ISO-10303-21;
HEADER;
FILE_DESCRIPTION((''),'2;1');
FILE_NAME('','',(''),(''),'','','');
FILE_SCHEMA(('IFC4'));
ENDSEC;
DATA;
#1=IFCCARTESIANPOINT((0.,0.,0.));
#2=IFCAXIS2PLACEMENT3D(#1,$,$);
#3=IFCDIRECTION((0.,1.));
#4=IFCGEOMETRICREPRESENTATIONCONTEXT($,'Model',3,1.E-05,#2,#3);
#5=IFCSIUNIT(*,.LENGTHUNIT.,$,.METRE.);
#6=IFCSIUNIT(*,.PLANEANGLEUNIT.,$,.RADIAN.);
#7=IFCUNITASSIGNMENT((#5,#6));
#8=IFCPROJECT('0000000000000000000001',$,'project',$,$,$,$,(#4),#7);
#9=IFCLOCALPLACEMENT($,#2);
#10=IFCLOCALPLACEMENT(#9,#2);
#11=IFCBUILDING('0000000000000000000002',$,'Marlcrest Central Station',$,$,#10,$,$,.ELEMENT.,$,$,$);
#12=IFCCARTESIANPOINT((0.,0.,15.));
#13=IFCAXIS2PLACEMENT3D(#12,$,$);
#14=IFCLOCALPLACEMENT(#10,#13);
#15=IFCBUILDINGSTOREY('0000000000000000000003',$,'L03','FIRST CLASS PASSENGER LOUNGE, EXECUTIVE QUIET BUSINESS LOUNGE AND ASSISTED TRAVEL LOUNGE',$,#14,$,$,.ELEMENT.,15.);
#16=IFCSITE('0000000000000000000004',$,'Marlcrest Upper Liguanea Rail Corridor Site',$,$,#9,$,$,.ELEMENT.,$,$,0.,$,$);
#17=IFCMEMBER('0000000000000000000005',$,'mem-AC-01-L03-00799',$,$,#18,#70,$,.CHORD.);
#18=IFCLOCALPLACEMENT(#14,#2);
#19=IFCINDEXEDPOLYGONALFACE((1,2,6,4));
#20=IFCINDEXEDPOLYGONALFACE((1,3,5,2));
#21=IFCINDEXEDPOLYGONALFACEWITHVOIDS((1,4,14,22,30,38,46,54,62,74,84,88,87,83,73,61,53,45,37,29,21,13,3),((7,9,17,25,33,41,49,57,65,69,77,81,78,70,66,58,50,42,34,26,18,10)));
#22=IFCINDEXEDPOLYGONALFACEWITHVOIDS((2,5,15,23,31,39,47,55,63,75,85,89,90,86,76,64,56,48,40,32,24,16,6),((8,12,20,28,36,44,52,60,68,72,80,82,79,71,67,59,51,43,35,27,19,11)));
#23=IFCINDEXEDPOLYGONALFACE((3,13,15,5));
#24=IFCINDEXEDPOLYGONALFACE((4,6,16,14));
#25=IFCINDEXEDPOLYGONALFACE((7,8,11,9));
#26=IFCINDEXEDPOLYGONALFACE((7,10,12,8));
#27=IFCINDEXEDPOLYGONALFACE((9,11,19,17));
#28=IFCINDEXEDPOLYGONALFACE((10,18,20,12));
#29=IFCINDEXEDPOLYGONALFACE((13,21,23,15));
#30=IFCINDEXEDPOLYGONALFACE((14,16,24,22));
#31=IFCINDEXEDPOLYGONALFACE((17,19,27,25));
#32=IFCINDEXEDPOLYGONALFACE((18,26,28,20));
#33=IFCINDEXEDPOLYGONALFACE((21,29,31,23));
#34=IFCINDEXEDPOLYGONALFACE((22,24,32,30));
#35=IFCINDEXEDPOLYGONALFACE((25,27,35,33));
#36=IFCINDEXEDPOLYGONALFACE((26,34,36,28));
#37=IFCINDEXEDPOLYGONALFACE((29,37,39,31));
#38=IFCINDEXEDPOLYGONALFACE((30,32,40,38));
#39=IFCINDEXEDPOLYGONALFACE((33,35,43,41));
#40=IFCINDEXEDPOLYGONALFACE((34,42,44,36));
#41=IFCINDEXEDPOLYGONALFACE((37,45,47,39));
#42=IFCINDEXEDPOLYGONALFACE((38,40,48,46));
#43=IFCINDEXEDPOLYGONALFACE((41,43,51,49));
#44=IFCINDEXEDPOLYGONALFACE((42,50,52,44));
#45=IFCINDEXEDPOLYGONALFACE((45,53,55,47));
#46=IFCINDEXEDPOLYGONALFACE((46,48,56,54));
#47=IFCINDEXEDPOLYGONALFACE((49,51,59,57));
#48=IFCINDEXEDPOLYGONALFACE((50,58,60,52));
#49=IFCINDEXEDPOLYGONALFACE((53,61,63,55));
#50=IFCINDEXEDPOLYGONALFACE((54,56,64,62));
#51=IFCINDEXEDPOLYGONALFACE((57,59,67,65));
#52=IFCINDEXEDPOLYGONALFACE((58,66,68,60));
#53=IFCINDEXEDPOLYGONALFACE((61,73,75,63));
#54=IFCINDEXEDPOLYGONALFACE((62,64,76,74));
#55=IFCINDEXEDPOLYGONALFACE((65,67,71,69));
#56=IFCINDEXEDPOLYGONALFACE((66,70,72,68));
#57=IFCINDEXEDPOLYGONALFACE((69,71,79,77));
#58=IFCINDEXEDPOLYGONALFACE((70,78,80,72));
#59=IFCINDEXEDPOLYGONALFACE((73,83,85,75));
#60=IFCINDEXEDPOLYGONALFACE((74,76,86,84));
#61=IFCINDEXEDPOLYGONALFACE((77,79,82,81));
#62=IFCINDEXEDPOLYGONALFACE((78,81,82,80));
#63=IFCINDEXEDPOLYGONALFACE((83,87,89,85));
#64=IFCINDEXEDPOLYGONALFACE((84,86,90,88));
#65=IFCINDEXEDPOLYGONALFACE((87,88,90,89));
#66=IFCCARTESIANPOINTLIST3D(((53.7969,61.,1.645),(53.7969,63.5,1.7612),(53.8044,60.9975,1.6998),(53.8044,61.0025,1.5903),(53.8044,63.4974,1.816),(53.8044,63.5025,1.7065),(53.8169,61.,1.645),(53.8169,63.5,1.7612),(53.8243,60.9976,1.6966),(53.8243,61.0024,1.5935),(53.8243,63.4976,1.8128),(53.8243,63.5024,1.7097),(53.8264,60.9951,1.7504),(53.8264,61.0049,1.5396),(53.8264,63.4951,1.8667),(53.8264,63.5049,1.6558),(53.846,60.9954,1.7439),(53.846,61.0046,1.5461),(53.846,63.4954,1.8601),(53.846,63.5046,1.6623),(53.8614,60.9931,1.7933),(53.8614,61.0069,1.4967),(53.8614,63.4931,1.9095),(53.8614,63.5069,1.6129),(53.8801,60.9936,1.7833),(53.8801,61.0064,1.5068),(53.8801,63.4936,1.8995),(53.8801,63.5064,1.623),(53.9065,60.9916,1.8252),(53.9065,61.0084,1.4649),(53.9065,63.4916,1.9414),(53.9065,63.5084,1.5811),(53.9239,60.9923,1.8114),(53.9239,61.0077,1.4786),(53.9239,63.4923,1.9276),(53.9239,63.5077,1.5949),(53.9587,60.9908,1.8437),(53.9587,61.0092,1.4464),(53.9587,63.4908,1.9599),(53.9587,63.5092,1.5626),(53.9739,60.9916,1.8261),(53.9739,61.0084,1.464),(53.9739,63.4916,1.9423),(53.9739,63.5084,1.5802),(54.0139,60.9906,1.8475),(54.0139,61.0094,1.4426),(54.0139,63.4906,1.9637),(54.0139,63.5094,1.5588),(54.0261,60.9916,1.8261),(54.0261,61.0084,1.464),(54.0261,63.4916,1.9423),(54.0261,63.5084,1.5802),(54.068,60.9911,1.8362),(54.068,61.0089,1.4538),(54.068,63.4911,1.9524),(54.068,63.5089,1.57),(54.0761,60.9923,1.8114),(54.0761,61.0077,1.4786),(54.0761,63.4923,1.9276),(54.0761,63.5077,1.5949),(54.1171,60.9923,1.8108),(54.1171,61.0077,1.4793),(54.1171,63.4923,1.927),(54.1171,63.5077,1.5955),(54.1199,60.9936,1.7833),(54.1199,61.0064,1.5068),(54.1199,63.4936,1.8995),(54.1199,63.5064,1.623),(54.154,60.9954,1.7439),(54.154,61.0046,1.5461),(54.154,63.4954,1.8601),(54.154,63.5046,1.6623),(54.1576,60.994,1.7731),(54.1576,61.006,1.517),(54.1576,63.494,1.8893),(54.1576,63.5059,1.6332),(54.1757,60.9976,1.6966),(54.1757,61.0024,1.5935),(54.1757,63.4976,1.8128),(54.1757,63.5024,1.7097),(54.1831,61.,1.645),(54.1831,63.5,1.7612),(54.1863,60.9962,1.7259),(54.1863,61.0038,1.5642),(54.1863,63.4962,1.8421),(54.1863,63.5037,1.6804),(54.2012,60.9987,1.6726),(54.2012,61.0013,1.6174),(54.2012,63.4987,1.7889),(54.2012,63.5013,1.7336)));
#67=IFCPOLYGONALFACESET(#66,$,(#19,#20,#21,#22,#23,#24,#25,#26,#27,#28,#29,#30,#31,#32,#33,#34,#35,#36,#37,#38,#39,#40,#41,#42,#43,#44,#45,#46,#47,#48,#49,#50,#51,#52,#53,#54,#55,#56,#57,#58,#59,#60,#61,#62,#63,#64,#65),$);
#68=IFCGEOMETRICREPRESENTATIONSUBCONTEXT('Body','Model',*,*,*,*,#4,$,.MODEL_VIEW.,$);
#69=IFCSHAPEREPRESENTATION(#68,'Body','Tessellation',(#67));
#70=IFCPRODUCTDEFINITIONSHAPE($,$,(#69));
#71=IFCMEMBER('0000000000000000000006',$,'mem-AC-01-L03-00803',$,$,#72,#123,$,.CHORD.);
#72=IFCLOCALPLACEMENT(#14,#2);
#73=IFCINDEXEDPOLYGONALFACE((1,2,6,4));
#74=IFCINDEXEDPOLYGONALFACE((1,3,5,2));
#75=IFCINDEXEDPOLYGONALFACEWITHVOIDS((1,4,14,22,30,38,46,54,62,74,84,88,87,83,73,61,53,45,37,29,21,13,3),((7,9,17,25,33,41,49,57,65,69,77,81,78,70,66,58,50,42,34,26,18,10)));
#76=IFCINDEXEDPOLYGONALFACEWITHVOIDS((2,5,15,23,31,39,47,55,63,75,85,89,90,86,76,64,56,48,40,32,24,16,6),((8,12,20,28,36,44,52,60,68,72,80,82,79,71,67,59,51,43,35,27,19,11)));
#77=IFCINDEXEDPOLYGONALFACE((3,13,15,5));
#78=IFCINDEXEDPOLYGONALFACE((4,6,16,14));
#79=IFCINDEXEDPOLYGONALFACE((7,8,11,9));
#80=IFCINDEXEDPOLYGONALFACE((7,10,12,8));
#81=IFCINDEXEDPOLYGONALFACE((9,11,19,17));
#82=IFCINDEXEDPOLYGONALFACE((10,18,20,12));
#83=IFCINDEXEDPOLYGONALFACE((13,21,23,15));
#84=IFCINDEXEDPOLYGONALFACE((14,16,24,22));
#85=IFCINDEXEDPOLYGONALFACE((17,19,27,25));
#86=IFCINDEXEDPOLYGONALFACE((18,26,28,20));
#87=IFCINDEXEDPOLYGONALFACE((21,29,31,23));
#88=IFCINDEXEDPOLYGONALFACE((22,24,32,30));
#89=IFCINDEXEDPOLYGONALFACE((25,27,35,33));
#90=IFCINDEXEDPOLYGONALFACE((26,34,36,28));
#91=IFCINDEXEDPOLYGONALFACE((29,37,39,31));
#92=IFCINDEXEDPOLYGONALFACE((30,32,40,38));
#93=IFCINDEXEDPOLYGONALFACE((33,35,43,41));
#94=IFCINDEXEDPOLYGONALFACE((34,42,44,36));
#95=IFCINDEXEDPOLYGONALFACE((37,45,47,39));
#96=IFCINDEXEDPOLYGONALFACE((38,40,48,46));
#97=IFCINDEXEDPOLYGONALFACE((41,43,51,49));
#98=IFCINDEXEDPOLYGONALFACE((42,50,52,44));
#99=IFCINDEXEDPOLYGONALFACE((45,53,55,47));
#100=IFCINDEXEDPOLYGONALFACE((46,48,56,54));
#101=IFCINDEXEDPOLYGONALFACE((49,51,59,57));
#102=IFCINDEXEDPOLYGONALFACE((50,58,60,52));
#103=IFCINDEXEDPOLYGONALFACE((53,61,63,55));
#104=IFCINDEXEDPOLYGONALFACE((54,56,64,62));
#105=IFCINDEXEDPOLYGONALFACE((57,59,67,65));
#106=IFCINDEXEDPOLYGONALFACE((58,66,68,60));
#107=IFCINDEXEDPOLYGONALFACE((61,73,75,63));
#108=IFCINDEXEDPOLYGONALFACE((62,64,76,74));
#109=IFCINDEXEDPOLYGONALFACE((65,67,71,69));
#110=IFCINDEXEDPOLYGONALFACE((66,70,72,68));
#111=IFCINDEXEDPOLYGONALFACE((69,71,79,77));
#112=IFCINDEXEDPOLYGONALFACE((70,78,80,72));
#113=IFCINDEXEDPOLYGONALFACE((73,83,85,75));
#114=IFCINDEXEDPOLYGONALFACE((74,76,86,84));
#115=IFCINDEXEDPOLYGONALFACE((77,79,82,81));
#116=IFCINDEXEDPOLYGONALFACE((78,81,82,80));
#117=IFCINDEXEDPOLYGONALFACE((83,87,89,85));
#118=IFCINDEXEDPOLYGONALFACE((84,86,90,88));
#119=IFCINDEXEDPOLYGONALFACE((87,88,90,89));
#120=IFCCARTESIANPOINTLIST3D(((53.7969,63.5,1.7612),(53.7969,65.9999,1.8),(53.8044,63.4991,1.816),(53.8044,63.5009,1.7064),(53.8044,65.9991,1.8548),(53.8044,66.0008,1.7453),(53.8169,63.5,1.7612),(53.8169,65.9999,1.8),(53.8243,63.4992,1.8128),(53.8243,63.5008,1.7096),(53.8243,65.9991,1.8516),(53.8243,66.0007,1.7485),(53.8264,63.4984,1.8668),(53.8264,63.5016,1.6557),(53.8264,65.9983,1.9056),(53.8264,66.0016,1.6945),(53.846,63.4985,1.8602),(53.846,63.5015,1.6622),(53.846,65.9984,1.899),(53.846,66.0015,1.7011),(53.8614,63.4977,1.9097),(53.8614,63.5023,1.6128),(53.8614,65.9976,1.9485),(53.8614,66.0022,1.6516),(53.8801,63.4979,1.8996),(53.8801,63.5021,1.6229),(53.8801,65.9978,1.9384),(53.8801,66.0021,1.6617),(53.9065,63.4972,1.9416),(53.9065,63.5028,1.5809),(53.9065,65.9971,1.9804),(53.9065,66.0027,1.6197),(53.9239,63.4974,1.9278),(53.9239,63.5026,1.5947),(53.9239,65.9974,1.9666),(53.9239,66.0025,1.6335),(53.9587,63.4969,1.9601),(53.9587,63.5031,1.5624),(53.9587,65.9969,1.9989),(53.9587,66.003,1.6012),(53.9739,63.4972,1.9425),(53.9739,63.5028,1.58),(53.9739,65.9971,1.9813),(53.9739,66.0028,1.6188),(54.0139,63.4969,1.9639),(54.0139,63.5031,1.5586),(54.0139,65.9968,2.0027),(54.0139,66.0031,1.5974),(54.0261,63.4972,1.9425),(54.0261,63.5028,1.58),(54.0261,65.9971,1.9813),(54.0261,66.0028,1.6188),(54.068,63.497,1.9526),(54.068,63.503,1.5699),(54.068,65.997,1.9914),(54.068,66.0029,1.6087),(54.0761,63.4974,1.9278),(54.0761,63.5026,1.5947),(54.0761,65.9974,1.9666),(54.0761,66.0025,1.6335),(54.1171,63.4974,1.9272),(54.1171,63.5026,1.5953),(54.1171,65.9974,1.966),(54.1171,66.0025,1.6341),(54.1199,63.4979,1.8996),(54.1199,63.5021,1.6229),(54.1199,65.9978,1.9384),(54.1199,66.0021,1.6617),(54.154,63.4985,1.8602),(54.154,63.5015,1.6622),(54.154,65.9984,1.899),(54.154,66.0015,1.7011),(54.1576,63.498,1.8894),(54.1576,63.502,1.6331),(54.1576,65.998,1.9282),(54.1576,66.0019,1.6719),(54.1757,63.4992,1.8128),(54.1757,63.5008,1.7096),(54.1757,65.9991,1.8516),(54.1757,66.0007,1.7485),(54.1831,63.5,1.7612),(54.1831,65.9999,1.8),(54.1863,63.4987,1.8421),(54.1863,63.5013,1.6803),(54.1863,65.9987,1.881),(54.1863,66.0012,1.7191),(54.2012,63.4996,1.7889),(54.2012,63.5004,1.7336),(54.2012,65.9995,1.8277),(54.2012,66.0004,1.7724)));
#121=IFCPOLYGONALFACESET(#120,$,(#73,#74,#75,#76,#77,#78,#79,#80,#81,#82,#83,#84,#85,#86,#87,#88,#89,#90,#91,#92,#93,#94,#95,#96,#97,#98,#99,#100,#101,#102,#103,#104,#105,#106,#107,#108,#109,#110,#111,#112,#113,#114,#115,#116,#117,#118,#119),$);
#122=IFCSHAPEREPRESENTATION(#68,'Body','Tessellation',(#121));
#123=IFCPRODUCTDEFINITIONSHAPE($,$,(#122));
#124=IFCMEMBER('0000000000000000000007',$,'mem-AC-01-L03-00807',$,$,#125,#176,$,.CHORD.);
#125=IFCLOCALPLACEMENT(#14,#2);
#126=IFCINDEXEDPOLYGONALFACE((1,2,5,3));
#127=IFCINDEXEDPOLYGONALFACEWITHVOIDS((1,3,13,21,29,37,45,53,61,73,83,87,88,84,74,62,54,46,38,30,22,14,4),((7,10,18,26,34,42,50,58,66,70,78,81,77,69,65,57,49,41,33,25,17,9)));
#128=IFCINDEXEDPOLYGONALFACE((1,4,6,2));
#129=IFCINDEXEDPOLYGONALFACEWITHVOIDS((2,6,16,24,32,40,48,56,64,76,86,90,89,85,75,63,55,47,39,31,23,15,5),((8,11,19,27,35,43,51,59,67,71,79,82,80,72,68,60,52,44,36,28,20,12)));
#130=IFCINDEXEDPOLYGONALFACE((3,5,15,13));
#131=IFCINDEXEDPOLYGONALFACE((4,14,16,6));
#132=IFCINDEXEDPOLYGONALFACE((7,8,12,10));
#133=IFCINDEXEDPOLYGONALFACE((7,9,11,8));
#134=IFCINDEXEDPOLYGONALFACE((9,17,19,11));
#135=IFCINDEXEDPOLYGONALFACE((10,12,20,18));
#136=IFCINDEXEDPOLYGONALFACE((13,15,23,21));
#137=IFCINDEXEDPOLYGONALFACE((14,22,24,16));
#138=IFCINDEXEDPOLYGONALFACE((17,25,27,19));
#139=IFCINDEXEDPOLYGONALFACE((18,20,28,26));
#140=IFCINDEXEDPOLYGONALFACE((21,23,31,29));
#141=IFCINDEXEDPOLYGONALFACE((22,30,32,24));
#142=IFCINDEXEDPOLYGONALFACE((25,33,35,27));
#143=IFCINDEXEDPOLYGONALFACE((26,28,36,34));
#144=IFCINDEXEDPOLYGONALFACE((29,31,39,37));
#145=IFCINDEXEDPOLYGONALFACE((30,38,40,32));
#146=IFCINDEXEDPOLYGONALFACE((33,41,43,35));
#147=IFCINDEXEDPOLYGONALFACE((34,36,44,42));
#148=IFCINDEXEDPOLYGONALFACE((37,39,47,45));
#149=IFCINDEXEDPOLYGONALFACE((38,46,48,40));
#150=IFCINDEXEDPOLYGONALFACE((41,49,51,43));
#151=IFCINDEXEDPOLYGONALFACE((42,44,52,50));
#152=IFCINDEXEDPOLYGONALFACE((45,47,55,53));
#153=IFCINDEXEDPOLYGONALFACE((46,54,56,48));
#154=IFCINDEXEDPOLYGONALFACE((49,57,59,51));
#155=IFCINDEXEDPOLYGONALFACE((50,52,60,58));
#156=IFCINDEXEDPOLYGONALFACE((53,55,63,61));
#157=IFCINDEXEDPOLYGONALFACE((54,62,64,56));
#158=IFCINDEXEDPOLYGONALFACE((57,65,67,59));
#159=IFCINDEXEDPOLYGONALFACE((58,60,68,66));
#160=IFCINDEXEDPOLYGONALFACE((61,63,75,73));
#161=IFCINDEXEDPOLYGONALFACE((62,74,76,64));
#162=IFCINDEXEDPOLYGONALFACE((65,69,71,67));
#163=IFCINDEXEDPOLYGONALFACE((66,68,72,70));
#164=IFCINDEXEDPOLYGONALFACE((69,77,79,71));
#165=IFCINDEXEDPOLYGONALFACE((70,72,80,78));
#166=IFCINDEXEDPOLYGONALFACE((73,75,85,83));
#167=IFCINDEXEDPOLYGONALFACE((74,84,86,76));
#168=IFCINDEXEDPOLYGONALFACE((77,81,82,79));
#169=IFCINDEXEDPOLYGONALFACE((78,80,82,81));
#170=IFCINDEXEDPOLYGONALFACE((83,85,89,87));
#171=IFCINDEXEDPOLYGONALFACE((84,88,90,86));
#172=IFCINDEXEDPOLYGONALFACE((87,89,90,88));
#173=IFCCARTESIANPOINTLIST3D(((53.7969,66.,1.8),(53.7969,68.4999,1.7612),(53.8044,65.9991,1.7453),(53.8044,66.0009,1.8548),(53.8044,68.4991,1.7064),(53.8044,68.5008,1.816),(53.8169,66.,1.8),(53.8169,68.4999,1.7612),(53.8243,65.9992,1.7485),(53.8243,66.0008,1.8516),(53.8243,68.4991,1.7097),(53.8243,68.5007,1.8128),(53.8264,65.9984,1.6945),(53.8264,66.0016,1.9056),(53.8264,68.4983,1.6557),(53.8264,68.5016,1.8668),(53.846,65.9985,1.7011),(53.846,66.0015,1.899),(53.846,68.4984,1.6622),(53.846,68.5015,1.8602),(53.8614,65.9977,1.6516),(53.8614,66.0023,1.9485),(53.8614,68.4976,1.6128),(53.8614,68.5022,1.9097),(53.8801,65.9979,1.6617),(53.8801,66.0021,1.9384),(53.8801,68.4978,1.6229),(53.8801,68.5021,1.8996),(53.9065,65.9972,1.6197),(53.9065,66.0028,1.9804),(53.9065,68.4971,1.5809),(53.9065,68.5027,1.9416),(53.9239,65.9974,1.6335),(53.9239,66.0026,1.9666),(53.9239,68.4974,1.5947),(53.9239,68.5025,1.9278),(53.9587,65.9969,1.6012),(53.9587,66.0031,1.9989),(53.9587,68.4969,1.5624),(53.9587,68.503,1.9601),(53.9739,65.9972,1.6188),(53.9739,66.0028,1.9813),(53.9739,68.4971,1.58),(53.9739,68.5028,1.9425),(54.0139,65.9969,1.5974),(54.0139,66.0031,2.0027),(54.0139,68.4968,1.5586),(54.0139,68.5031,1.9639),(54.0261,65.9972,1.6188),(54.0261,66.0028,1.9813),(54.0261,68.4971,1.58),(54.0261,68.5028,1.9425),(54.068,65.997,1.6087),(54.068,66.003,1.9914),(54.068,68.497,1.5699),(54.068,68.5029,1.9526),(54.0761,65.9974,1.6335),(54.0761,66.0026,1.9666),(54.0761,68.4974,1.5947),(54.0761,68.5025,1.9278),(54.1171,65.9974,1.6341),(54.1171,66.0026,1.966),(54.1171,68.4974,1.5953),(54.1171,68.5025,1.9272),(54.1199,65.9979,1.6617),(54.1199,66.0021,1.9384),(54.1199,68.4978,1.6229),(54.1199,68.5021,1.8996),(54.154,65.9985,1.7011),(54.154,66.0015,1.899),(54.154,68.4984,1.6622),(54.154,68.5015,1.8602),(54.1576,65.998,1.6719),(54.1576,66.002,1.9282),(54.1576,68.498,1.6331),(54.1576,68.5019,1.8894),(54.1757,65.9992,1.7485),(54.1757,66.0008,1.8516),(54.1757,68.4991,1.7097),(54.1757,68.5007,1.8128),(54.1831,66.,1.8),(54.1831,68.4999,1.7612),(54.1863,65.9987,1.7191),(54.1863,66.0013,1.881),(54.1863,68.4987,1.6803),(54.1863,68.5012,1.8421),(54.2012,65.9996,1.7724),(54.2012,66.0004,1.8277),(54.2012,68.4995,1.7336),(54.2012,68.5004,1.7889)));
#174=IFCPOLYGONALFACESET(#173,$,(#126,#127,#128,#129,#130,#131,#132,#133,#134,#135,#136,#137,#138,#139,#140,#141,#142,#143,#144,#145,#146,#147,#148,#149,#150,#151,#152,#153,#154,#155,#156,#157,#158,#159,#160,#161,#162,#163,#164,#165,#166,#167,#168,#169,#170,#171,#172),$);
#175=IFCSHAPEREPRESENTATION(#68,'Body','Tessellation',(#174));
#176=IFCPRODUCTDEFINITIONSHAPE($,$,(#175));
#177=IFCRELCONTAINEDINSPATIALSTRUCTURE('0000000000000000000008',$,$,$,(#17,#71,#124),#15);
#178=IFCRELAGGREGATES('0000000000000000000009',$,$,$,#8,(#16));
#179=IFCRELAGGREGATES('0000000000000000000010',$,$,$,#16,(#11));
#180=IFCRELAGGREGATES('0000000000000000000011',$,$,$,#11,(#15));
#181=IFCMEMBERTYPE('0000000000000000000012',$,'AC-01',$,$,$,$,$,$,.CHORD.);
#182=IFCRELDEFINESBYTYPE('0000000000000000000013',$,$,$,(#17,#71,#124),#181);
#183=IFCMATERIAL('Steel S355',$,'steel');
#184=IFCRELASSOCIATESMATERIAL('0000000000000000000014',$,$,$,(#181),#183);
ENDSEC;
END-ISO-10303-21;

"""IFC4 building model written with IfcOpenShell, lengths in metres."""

from ifc_helpers import new_model, si_unit, direction, frame, origin, origin_2d, place, context, subcontext, project, spatial, hollow_circle, extrude, material, material_profile, profile_set, type_object, element, save


model = new_model("IFC4")

# Units and contexts
model_context = context("Model", 3, precision=1e-05, world=origin(), true_north=direction((0.0, 1.0)))
body_context = subcontext(model_context, "Body", "Model", "MODEL_VIEW")
ifc_project = project(units=[si_unit("LENGTHUNIT", "METRE"), si_unit("PLANEANGLEUNIT", "RADIAN")], contexts=[model_context])

# Site, building, storey
site_placement = place(None, origin())
site = spatial("IfcSite", under=ifc_project, at=site_placement, Name="Marlcrest Upper Liguanea Rail Corridor Site", CompositionType="ELEMENT", RefElevation=0.0)
building_placement = place(site_placement, origin())
building = spatial("IfcBuilding", under=site, at=building_placement, Name="Marlcrest Central Station", CompositionType="ELEMENT")
storey_placement = place(building_placement, frame((0.0, 0.0, 15.0)))
storey = spatial("IfcBuildingStorey", under=building, at=storey_placement, Name="L03", Description="FIRST CLASS PASSENGER LOUNGE, EXECUTIVE QUIET BUSINESS LOUNGE AND ASSISTED TRAVEL LOUNGE", CompositionType="ELEMENT", Elevation=15.0)

# Members
ifc_material_1 = material(Name="Steel S355", Category="steel")
ifc_material_profile_1 = material_profile(ifc_material_1, hollow_circle(Radius=0.2031, WallThickness=0.02, at=origin_2d()), Name="CHS 406.4x20")
ifc_profile_set_1 = profile_set([ifc_material_profile_1], Name="Steel S355")
member_type_1 = type_object("IfcMemberType", Name="AC-01", PredefinedType="CHORD", material=ifc_profile_set_1)
member_1_placement = place(storey_placement, frame((54.0, 61.0, 1.645), z_axis=(0.0, 0.998921, 0.046434), x_axis=(-1.0, 0.0, 0.0)))
element("IfcMember", 1, at=member_1_placement, inside=storey, type_object=member_type_1, Name="mem-AC-01-L03-00799", PredefinedType="CHORD", context=body_context, shape_type="SweptSolid", body=[
    extrude(hollow_circle(Radius=0.2031, WallThickness=0.02, at=origin_2d()), origin(), (0.0, 0.0, 1.0), 2.5027),
])
for number, where, z_axis, x_axis, name in (
    (2, (54.0, 63.5, 1.7612), (0.0, 0.999879, 0.015525), (-1.0, 0.0, 0.0), "mem-AC-01-L03-00803"),
    (3, (54.0, 66.0, 1.8), (0.0, 0.999879, -0.015525), (-1.0, 0.0, 0.0), "mem-AC-01-L03-00807"),
):
    element("IfcMember", number, at=place(storey_placement, frame(where, z_axis=z_axis, x_axis=x_axis)), inside=storey, type_object=member_type_1, Name=name, PredefinedType="CHORD", context=body_context, shape_type="SweptSolid", body=[
        extrude(hollow_circle(Radius=0.2031, WallThickness=0.02, at=origin_2d()), origin(), (0.0, 0.0, 1.0), 2.5002),
    ])

save(model, "model.ifc")
